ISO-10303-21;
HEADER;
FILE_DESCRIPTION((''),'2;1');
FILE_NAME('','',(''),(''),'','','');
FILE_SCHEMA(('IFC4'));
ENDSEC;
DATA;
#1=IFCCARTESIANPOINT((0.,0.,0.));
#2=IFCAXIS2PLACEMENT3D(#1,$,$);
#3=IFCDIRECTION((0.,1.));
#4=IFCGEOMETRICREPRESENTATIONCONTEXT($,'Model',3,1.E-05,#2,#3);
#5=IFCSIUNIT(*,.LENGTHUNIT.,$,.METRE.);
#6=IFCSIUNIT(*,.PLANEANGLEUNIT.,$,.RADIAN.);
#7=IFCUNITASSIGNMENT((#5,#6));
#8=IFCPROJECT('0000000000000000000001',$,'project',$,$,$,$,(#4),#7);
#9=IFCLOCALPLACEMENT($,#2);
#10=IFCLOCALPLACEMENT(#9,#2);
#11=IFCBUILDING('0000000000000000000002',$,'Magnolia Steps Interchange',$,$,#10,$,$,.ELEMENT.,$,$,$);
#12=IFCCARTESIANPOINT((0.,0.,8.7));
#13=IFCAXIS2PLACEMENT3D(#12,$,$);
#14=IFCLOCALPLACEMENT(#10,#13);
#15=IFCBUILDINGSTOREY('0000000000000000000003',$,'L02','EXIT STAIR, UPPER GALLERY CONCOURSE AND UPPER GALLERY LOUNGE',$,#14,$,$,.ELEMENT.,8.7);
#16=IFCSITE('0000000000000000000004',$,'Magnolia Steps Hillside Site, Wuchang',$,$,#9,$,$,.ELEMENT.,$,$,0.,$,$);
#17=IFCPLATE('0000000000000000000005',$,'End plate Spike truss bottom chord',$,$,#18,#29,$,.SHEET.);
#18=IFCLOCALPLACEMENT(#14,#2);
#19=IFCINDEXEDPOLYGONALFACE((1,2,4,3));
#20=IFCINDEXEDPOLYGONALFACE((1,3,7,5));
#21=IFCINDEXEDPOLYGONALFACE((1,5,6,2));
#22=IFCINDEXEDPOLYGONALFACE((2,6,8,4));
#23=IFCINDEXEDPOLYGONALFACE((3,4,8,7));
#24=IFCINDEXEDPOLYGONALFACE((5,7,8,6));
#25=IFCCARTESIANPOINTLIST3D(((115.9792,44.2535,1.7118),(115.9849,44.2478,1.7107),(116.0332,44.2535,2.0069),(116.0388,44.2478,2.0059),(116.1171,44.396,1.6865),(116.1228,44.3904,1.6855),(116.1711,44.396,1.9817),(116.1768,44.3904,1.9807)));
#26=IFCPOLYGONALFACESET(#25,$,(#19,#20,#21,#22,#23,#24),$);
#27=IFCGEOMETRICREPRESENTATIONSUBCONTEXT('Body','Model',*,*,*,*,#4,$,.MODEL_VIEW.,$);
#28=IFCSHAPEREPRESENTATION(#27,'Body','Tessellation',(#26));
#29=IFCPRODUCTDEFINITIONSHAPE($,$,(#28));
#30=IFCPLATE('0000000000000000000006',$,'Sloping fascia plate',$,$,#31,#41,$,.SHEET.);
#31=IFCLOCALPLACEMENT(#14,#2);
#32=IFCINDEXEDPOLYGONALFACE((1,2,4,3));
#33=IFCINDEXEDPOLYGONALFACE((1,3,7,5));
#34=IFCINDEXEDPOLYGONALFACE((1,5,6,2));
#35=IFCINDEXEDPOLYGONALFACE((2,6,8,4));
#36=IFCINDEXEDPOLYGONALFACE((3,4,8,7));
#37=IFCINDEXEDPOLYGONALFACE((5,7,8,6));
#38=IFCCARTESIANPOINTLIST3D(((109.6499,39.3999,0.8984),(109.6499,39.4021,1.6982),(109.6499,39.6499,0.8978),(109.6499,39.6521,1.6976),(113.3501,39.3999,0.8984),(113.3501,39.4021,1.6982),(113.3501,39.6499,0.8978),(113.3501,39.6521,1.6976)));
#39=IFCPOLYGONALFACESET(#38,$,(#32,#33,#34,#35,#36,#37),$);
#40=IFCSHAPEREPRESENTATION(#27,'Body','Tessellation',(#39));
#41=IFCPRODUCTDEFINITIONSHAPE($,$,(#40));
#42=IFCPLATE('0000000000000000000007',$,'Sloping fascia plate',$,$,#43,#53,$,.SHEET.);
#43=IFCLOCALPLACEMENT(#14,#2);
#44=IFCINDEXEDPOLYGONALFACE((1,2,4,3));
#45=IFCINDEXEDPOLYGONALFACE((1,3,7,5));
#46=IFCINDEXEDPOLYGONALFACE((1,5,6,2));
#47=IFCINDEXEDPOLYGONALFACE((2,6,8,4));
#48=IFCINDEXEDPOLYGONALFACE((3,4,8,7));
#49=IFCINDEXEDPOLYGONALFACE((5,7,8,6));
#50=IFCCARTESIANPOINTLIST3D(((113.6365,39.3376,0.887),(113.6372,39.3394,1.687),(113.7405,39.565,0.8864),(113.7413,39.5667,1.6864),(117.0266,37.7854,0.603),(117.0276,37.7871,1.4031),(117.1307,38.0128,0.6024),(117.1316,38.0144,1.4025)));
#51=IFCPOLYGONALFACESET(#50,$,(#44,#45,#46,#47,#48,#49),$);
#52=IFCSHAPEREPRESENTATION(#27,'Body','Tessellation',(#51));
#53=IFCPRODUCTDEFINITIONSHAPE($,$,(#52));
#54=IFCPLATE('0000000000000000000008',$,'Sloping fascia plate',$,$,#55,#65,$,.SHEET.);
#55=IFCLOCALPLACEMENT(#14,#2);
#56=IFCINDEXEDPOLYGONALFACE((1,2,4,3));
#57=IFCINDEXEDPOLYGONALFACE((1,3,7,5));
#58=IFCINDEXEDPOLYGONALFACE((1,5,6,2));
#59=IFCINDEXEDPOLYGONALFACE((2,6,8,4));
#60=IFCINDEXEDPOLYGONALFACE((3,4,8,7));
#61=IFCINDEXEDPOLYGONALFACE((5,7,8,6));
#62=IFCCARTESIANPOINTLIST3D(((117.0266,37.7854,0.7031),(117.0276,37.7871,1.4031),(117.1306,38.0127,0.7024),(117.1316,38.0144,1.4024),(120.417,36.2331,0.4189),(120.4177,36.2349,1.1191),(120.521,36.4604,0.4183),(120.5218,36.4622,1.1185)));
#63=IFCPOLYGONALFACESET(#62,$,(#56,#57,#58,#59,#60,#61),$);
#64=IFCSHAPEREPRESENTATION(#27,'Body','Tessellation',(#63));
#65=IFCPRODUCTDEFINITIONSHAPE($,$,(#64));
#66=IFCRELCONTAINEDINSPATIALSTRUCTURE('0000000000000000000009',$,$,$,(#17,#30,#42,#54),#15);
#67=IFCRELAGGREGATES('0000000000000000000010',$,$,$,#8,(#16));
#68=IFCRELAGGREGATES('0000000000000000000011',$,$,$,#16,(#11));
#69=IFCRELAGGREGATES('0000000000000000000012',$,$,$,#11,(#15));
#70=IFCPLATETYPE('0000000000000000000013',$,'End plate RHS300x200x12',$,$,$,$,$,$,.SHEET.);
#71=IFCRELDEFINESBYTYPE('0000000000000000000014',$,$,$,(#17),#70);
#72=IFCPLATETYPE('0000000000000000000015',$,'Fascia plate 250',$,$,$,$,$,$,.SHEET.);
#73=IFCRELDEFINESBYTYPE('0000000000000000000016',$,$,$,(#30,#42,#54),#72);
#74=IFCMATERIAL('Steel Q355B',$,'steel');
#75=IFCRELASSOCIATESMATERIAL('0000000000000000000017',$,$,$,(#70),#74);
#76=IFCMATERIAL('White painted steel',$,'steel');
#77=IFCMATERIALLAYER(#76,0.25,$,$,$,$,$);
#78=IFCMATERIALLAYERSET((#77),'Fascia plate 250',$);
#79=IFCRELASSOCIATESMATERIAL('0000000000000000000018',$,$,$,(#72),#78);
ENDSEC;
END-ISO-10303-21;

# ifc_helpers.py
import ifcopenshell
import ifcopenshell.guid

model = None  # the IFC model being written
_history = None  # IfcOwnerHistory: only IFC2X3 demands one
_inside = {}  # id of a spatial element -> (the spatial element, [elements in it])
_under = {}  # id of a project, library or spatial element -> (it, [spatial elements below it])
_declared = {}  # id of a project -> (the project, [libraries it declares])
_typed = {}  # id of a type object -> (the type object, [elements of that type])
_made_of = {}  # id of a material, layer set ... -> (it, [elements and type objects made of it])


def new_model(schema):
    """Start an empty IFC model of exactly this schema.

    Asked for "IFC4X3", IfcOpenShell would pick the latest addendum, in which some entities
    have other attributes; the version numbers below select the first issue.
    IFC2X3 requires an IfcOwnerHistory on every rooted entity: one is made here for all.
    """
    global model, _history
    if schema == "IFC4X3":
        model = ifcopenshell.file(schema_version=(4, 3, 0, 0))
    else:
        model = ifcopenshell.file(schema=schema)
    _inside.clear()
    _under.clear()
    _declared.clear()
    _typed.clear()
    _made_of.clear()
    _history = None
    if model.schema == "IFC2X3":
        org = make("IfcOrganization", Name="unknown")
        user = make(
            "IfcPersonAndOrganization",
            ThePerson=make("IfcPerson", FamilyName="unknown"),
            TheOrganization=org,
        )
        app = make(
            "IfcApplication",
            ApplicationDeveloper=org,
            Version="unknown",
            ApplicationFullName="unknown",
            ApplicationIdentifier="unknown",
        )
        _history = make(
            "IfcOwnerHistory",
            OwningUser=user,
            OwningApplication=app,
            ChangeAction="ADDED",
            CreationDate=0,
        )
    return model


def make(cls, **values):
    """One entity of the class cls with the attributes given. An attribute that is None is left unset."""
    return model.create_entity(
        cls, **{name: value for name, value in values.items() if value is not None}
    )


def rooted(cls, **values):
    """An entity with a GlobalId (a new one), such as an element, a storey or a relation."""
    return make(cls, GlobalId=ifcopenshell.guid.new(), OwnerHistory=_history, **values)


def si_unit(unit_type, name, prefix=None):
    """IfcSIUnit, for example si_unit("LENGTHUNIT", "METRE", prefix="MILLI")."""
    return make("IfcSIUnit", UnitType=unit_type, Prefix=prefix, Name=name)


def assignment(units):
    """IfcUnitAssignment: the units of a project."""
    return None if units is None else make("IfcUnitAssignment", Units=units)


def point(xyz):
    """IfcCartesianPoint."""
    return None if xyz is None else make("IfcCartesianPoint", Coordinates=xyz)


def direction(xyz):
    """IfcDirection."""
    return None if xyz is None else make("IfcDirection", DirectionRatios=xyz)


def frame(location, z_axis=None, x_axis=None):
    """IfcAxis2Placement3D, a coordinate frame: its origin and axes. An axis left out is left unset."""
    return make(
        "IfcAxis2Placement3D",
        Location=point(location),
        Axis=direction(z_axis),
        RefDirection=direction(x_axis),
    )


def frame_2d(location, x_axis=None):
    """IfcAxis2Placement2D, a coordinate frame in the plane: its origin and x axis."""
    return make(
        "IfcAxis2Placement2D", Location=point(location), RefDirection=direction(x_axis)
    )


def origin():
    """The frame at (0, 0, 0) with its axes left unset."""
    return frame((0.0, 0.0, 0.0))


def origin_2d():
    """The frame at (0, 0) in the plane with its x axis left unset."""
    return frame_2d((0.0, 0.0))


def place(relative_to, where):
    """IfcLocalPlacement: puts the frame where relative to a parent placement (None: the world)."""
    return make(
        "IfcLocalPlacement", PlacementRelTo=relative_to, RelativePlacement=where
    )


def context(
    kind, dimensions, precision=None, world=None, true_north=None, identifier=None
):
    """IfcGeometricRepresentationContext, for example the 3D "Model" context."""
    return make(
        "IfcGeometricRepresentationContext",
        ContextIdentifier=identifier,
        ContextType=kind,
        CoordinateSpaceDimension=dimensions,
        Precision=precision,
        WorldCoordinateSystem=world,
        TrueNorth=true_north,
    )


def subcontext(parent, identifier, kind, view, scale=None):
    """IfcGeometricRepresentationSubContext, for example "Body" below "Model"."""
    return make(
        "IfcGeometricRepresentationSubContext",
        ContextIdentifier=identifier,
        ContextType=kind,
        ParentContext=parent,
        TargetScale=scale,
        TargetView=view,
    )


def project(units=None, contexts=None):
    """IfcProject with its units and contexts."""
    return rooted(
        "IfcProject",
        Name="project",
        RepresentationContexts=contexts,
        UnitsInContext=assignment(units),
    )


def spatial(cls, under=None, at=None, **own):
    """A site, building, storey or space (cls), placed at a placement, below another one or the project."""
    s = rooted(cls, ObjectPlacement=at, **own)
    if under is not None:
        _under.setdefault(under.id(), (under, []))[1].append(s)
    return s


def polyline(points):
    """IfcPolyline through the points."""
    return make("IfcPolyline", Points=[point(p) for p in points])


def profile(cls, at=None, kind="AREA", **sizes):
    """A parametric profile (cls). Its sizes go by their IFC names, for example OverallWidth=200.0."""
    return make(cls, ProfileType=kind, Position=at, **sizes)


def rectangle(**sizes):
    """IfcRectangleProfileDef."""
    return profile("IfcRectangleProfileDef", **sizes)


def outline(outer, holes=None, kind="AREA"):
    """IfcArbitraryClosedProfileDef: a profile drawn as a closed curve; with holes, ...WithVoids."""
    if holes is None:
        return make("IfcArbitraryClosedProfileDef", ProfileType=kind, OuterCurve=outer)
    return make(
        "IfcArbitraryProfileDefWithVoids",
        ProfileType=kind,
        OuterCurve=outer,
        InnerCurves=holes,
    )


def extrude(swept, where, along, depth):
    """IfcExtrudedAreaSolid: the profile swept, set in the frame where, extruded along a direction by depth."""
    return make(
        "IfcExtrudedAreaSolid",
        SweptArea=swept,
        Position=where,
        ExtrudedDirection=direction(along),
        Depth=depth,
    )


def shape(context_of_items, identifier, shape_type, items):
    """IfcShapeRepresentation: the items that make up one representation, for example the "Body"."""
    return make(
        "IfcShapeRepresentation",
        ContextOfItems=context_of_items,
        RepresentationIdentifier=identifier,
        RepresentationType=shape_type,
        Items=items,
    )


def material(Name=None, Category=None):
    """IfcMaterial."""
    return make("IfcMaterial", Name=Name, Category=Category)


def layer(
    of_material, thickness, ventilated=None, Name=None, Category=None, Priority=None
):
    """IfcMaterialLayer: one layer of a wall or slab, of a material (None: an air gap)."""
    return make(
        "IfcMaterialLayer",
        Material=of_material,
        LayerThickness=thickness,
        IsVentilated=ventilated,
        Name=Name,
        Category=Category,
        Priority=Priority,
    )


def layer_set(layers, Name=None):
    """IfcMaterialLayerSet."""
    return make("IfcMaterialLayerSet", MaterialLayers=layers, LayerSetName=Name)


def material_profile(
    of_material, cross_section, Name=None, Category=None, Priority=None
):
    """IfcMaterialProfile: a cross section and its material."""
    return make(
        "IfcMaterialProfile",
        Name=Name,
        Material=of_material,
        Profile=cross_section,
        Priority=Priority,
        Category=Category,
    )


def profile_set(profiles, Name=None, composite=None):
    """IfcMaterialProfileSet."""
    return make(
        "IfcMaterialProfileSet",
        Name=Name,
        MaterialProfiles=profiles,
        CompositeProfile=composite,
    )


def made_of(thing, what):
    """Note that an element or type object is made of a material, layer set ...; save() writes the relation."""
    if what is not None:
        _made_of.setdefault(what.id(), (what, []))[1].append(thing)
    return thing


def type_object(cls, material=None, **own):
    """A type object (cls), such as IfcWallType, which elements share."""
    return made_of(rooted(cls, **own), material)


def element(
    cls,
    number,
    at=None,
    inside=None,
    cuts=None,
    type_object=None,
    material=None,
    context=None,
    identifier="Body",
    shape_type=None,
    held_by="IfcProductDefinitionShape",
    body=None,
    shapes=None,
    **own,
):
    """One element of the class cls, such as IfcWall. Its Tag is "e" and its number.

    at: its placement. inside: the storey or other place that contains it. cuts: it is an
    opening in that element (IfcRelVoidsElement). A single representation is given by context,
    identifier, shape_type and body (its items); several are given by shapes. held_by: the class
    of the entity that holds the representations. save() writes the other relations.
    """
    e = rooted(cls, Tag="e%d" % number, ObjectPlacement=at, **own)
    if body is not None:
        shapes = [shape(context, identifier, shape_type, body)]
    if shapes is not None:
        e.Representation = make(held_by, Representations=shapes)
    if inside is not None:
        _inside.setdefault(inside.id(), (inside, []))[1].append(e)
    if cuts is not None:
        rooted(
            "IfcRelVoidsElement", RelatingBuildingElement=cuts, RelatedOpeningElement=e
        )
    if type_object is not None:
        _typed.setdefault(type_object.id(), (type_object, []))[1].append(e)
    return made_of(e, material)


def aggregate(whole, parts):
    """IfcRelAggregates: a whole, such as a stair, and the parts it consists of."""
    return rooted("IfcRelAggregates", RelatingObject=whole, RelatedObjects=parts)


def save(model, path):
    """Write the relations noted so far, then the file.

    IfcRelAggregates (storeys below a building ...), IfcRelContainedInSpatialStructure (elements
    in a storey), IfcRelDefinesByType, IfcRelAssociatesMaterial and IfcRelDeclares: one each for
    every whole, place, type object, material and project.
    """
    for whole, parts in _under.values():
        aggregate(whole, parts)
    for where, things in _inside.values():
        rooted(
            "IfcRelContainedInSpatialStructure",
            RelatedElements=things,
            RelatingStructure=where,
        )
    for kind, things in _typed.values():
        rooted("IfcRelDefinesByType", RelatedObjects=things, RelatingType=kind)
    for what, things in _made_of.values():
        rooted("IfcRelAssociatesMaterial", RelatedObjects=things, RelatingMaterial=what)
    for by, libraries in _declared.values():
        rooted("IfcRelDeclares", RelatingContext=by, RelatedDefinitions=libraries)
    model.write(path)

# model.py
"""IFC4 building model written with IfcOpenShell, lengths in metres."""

from ifc_helpers import new_model, si_unit, direction, frame, origin, origin_2d, place, context, subcontext, project, spatial, polyline, rectangle, outline, extrude, material, layer, layer_set, material_profile, profile_set, type_object, element, save


model = new_model("IFC4")

# Units and contexts
model_context = context("Model", 3, precision=1e-05, world=origin(), true_north=direction((0.0, 1.0)))
body_context = subcontext(model_context, "Body", "Model", "MODEL_VIEW")
ifc_project = project(units=[si_unit("LENGTHUNIT", "METRE"), si_unit("PLANEANGLEUNIT", "RADIAN")], contexts=[model_context])

# Site, building, storey
site_placement = place(None, origin())
site = spatial("IfcSite", under=ifc_project, at=site_placement, Name="Magnolia Steps Hillside Site, Wuchang", CompositionType="ELEMENT", RefElevation=0.0)
building_placement = place(site_placement, origin())
building = spatial("IfcBuilding", under=site, at=building_placement, Name="Magnolia Steps Interchange", CompositionType="ELEMENT")
storey_placement = place(building_placement, frame((0.0, 0.0, 8.7)))
storey = spatial("IfcBuildingStorey", under=building, at=storey_placement, Name="L02", Description="EXIT STAIR, UPPER GALLERY CONCOURSE AND UPPER GALLERY LOUNGE", CompositionType="ELEMENT", Elevation=8.7)

# Plates
ifc_material_1 = material(Name="Steel Q355B", Category="steel")
ifc_material_profile_1 = material_profile(ifc_material_1, rectangle(XDim=0.2, YDim=0.3, at=origin_2d()), Name="End plate RHS300x200x12")
ifc_profile_set_1 = profile_set([ifc_material_profile_1], Name="Steel Q355B")
plate_type_1 = type_object("IfcPlateType", Name="End plate RHS300x200x12", PredefinedType="SHEET", material=ifc_profile_set_1)
plate_1_placement = place(storey_placement, frame((116.0808, 44.3191, 1.8457), z_axis=(-0.701265, 0.701265, 0.12828), x_axis=(-0.689818, -0.712901, 0.126186)))
element("IfcPlate", 1, at=plate_1_placement, inside=storey, type_object=plate_type_1, Name="End plate Spike truss bottom chord", PredefinedType="SHEET", context=body_context, shape_type="SweptSolid", body=[
    extrude(rectangle(XDim=0.2, YDim=0.3, at=origin_2d()), origin(), (0.0, 0.0, 1.0), 0.0081),
])
ifc_material_2 = material(Name="White painted steel", Category="steel")
ifc_layer = layer(ifc_material_2, 0.25)
ifc_layer_set = layer_set([ifc_layer], Name="Fascia plate 250")
plate_type_2 = type_object("IfcPlateType", Name="Fascia plate 250", PredefinedType="SHEET", material=ifc_layer_set)
plate_2_placement = place(storey_placement, frame((109.6499, 39.3999, 0.8984), z_axis=(0.0, -0.999996, 0.002747), x_axis=(1.0, 0.0, 0.0)))
element("IfcPlate", 2, at=plate_2_placement, inside=storey, type_object=plate_type_2, Name="Sloping fascia plate", PredefinedType="SHEET", context=body_context, shape_type="SweptSolid", body=[
    extrude(outline(polyline([(0.0, 0.0), (3.7002, 0.0), (3.7002, 0.7998), (0.0, 0.7998), (0.0, 0.0)])), origin(), (0.0, 0.0, -1.0), 0.25),
])
plate_3_placement = place(storey_placement, frame((113.6365, 39.3376, 0.887), z_axis=(-0.416129, -0.909303, 0.002387), x_axis=(0.906605, -0.415093, -0.075931)))
element("IfcPlate", 3, at=plate_3_placement, inside=storey, type_object=plate_type_2, Name="Sloping fascia plate", PredefinedType="SHEET", context=body_context, shape_type="SweptSolid", body=[
    extrude(outline(polyline([(0.0, 0.0), (3.7394, 0.0), (3.6788, 0.7978), (-0.0608, 0.7977), (0.0, 0.0)])), origin(), (0.0, 0.0, -1.0), 0.25),
])
plate_4_placement = place(storey_placement, frame((117.0266, 37.7854, 0.7031), z_axis=(-0.416105, -0.909313, 0.002728), x_axis=(0.9066, -0.415091, -0.075991)))
element("IfcPlate", 4, at=plate_4_placement, inside=storey, type_object=plate_type_2, Name="Sloping fascia plate", PredefinedType="SHEET", context=body_context, shape_type="SweptSolid", body=[
    extrude(outline(polyline([(0.0, 0.0), (3.7396, 0.0), (3.6864, 0.6982), (-0.053, 0.6979), (0.0, 0.0)])), origin(), (0.0, 0.0, -1.0), 0.25),
])

save(model, "model.ifc")
